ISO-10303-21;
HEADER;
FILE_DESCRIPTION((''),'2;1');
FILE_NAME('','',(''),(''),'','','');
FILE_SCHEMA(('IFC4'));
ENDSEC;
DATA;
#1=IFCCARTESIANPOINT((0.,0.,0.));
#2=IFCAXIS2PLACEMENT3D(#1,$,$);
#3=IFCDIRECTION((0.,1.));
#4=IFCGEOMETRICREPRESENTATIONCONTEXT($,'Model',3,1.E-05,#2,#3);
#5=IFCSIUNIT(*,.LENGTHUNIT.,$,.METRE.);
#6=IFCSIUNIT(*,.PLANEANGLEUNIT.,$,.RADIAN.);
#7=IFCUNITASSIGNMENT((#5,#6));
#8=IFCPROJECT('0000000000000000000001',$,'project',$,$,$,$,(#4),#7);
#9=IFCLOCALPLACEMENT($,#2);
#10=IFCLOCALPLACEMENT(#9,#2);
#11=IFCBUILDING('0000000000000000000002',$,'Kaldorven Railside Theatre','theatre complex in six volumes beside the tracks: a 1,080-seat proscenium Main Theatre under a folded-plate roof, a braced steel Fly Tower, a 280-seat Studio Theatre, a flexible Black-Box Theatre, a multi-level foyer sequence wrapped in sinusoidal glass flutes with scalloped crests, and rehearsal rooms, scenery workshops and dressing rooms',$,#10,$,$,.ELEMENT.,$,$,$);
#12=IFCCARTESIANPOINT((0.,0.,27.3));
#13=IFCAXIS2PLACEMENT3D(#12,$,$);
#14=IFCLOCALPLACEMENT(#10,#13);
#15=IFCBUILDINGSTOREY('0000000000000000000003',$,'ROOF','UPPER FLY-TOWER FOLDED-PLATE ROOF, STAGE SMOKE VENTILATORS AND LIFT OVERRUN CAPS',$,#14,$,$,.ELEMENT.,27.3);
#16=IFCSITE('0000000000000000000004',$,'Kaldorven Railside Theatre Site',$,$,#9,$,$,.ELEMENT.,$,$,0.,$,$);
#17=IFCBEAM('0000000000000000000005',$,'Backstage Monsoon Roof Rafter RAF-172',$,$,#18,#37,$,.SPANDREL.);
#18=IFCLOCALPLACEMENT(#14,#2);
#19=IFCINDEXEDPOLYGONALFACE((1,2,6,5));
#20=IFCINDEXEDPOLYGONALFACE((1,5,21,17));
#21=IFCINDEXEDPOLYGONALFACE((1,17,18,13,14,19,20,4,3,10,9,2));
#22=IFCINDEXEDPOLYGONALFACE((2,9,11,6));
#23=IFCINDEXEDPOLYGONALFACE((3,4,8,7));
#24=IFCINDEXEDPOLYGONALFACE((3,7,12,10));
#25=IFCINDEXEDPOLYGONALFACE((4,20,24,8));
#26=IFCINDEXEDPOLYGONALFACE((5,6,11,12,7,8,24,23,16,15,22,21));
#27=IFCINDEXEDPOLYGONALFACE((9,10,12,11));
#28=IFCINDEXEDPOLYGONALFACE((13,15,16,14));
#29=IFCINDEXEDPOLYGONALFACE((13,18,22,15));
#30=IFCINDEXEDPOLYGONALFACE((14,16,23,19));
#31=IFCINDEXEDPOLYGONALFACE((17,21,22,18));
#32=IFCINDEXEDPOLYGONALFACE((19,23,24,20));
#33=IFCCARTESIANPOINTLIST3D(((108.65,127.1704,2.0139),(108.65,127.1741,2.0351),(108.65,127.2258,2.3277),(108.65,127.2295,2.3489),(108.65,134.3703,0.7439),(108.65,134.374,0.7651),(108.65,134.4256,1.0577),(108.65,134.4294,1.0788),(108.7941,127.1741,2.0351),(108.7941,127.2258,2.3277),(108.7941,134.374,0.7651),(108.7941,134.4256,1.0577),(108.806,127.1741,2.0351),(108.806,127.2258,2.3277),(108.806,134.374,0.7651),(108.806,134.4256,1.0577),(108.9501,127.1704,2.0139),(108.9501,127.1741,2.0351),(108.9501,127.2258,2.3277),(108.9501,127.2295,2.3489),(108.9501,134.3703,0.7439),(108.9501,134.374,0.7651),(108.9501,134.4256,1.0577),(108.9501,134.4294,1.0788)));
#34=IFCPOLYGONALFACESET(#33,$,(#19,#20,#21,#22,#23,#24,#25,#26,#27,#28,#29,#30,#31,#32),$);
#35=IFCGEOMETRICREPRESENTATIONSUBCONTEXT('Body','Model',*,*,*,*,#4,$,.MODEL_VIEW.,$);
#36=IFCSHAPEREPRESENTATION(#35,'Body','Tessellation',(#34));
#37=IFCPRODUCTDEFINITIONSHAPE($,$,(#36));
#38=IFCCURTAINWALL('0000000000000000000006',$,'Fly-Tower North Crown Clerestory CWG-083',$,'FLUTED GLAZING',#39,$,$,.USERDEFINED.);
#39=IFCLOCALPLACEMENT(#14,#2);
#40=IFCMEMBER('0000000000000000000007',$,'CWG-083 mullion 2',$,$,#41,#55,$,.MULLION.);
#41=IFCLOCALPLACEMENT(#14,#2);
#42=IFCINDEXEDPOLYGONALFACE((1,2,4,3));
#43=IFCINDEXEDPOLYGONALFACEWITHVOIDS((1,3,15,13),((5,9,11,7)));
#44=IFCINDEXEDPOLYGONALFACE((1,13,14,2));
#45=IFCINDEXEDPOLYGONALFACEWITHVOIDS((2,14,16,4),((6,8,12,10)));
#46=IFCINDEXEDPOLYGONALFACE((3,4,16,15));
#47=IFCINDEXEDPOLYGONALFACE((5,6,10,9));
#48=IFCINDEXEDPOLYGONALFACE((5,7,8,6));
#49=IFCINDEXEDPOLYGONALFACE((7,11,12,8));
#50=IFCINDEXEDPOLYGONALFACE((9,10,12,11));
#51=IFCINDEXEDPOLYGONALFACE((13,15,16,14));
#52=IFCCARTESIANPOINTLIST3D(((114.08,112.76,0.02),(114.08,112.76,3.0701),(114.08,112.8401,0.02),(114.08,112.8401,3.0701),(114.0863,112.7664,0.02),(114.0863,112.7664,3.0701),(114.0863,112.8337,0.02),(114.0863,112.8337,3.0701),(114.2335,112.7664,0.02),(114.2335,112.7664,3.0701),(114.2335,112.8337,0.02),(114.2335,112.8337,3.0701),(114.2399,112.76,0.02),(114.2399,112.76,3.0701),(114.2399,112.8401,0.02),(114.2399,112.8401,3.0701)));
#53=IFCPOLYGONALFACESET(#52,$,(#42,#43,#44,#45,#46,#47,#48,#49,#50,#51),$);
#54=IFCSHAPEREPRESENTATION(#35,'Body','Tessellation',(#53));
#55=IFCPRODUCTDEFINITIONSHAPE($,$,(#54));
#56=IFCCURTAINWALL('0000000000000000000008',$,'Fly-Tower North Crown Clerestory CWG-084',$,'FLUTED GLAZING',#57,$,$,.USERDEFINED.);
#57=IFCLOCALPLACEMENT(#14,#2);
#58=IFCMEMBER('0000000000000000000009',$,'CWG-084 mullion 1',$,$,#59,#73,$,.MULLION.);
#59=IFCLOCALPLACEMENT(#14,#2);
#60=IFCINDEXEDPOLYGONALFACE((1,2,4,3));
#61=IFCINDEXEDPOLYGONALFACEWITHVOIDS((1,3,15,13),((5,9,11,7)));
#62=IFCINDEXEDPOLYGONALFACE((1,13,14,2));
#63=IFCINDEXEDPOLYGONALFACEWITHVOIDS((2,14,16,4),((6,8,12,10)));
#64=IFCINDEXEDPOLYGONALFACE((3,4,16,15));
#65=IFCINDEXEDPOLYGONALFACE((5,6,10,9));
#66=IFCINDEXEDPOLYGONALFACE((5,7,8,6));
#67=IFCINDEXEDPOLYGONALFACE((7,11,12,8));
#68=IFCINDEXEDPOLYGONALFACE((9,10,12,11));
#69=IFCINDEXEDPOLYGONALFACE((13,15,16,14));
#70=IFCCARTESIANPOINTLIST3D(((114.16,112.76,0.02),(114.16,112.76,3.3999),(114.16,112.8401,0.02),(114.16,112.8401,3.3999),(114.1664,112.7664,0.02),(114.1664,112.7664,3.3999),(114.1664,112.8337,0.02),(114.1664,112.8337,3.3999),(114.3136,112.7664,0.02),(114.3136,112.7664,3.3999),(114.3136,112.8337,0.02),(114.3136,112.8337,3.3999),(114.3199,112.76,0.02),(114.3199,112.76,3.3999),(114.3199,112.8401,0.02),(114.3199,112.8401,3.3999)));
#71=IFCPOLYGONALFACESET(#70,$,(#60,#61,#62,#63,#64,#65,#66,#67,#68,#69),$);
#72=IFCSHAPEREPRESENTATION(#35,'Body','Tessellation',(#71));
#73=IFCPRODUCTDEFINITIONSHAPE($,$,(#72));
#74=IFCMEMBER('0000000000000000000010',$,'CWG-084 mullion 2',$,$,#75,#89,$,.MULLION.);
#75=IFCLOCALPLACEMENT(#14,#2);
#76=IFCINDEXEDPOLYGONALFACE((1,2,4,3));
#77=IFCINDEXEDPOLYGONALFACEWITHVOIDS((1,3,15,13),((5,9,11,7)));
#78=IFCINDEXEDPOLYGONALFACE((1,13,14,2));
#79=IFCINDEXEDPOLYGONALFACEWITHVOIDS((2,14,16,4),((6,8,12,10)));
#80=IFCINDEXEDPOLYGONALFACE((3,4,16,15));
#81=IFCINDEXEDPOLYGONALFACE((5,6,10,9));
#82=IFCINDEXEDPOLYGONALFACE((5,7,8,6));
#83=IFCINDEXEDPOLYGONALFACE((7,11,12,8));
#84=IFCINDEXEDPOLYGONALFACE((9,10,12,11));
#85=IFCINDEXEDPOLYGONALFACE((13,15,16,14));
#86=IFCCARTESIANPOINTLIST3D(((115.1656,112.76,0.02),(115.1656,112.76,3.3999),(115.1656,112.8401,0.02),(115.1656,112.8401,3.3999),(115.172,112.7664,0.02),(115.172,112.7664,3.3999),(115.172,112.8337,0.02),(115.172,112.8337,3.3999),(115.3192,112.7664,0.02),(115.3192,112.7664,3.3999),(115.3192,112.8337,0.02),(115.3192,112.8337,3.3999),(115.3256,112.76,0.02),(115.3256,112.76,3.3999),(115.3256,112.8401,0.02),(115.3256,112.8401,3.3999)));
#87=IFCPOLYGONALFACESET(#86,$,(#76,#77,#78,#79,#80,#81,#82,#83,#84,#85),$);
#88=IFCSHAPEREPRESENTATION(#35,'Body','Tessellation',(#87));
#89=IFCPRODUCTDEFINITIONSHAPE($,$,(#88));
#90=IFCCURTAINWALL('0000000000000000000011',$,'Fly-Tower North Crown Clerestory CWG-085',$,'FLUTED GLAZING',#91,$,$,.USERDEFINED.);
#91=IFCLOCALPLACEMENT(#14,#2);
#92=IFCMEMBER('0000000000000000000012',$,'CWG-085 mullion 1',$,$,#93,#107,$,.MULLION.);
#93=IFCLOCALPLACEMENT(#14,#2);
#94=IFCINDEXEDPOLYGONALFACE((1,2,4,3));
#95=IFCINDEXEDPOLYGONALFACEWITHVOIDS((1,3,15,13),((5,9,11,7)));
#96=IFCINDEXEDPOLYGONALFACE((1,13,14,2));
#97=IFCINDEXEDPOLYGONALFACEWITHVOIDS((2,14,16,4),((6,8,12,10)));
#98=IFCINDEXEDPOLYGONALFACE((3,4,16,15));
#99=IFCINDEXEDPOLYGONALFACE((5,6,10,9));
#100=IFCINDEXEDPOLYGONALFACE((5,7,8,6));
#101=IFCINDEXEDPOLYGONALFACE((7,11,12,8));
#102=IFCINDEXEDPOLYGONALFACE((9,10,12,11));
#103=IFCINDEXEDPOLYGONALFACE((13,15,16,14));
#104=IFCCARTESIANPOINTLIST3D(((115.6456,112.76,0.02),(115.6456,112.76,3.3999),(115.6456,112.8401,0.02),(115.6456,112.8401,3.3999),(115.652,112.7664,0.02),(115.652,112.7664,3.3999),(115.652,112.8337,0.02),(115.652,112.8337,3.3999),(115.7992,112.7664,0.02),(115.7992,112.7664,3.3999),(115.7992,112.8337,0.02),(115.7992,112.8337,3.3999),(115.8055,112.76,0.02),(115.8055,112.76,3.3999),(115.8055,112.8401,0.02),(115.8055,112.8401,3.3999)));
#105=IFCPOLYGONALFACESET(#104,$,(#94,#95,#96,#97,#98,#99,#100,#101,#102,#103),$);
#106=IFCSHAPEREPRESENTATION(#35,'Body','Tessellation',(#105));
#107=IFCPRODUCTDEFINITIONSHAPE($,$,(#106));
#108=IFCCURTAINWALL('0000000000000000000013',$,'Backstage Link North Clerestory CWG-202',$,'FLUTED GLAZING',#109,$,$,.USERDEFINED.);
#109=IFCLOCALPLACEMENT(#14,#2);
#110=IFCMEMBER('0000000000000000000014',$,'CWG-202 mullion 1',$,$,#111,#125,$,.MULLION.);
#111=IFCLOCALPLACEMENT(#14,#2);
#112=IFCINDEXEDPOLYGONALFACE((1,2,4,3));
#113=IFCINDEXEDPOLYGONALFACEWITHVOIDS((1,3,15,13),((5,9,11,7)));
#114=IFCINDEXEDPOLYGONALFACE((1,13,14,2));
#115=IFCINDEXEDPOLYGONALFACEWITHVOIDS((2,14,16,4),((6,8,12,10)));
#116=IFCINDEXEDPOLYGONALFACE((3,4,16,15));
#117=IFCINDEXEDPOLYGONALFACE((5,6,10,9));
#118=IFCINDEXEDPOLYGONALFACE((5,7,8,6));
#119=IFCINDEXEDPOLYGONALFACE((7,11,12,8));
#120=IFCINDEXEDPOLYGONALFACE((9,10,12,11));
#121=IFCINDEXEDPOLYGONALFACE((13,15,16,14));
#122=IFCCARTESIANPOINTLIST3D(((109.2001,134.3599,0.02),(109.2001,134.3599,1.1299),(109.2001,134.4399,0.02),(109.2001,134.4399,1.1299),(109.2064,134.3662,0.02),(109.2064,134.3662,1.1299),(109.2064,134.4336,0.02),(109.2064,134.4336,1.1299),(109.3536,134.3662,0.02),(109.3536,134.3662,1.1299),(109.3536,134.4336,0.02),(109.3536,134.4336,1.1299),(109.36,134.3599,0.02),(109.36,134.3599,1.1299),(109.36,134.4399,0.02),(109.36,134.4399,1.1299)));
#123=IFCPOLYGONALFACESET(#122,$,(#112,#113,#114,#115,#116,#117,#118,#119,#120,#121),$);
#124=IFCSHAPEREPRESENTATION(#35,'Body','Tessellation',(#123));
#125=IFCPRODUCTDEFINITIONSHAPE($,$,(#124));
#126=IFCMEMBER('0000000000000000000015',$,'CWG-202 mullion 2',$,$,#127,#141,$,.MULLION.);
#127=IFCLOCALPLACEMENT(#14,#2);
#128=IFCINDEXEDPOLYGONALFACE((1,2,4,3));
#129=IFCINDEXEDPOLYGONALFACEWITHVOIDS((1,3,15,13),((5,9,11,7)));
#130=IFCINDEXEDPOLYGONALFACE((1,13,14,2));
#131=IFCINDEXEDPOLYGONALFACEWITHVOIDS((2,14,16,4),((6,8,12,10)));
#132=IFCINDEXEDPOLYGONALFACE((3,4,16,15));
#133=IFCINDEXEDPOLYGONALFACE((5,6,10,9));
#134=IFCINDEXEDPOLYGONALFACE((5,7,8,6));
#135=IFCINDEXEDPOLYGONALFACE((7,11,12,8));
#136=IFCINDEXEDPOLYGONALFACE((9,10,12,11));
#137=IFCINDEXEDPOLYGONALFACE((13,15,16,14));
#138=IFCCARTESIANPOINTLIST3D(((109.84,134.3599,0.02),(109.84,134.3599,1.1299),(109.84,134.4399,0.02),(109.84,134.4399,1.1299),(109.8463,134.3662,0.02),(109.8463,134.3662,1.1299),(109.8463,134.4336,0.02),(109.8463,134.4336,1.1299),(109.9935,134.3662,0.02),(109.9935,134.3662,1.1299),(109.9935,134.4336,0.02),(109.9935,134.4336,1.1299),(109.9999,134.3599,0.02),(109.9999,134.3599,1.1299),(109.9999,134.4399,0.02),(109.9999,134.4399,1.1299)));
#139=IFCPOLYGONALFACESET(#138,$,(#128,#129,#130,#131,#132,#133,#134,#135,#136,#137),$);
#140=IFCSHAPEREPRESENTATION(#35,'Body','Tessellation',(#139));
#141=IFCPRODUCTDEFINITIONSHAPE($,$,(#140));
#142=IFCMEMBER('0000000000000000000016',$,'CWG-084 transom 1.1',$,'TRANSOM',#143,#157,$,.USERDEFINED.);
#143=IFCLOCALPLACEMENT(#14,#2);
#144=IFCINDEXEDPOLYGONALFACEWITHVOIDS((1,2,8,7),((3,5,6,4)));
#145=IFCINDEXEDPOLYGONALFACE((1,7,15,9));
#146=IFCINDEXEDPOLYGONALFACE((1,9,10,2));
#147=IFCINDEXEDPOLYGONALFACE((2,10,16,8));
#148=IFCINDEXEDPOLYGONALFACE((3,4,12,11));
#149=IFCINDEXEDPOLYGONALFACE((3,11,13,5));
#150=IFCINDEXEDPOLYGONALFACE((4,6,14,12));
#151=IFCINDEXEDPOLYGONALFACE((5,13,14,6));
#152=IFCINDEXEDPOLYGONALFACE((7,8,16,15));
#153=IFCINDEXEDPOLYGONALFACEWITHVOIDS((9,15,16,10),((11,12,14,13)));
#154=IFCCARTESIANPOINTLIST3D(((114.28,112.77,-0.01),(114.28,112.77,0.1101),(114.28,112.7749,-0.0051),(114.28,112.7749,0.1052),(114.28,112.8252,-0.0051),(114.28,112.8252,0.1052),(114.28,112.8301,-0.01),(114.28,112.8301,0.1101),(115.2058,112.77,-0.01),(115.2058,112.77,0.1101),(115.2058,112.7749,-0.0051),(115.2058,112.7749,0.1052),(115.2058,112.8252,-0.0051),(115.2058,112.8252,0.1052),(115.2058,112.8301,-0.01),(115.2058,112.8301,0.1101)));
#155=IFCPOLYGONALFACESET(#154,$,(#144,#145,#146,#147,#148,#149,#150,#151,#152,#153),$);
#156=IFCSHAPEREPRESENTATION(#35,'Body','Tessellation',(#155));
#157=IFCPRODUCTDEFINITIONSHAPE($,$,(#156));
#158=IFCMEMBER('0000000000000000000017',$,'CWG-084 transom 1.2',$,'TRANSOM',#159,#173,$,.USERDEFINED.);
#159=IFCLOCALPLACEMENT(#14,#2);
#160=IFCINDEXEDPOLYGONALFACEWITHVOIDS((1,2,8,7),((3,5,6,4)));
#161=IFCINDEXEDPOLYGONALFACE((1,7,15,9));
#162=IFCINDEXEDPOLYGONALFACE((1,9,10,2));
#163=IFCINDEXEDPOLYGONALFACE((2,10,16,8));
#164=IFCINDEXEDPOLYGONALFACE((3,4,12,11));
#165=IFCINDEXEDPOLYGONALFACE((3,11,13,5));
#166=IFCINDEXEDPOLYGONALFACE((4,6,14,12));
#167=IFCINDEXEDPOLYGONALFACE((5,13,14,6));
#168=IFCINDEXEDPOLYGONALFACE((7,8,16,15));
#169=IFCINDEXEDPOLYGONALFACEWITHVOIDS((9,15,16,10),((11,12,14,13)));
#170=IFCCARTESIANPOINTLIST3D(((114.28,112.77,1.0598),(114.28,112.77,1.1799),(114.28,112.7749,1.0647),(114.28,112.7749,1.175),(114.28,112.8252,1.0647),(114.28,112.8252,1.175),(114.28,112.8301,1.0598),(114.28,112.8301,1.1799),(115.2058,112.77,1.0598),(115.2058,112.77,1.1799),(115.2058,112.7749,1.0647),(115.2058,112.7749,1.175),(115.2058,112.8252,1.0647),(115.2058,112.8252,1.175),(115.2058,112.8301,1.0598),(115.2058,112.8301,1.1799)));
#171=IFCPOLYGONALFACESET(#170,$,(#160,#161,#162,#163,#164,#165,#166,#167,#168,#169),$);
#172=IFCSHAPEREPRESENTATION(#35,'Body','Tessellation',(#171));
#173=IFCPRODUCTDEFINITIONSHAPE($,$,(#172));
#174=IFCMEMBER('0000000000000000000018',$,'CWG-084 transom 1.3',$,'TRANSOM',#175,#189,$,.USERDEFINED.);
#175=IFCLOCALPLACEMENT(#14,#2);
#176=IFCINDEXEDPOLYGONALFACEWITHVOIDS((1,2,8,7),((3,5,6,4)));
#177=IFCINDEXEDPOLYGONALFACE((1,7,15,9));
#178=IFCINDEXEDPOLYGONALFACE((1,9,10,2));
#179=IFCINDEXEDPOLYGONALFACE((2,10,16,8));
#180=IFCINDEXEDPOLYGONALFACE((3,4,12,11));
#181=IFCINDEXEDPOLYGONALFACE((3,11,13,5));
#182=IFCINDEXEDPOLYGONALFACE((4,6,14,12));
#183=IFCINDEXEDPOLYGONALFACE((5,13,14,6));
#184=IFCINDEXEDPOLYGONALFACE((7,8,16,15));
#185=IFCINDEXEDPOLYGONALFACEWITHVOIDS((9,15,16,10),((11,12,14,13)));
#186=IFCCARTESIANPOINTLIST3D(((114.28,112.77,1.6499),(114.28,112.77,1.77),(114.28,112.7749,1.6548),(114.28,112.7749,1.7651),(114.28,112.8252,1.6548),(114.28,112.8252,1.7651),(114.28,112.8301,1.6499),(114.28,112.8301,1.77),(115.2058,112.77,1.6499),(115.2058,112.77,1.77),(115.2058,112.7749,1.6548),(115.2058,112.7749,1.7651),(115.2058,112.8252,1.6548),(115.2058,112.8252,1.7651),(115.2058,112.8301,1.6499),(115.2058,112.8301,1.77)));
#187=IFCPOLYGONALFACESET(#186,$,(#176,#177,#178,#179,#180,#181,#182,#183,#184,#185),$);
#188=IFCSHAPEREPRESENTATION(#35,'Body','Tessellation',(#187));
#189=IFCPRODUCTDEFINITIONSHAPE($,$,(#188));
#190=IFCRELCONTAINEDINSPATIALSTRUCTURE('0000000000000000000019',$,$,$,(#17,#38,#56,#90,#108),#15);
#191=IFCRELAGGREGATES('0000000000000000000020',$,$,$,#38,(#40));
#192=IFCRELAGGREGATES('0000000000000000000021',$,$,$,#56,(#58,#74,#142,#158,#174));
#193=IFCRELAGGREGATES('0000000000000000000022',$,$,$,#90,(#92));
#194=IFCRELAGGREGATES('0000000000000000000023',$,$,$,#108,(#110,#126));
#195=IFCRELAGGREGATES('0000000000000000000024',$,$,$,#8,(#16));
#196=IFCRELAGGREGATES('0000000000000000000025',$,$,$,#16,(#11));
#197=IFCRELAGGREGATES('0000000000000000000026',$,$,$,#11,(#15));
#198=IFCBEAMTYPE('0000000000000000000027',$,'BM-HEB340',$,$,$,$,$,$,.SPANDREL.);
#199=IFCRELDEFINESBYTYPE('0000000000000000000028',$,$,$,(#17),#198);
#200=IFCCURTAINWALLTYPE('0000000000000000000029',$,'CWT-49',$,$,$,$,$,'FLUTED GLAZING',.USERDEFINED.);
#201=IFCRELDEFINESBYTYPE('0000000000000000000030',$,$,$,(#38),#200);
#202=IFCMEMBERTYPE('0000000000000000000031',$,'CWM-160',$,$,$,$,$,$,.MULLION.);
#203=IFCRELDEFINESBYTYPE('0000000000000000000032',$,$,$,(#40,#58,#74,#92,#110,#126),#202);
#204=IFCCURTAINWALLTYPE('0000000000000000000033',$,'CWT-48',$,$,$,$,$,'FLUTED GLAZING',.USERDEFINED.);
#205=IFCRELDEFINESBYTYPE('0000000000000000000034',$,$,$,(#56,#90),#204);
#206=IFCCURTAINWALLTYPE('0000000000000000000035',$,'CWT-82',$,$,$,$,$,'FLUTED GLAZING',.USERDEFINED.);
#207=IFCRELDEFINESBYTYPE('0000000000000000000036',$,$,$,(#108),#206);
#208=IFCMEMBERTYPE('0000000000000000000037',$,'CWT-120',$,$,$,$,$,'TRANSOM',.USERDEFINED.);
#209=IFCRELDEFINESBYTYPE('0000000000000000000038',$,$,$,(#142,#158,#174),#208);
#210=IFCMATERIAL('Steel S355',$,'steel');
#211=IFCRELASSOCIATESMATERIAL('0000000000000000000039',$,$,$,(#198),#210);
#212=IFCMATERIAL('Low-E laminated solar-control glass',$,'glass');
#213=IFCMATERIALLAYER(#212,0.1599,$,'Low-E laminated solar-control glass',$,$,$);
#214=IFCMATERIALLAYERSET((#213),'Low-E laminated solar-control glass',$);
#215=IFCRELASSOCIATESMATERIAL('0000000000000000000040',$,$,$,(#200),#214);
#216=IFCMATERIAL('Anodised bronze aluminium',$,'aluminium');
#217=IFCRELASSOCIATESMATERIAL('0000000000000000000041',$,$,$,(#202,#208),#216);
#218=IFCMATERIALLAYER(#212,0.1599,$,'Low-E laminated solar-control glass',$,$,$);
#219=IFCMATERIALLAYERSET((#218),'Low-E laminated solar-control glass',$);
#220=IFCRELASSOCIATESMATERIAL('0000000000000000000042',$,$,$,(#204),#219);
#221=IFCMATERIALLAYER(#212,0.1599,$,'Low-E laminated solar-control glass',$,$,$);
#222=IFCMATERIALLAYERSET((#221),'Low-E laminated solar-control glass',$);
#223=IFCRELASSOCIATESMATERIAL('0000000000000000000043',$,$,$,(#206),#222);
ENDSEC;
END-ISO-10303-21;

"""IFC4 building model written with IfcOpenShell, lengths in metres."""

from ifc_helpers import new_model, si_unit, direction, frame, origin, origin_2d, place, context, subcontext, project, spatial, hollow_rectangle, i_section, extrude, material, layer, layer_set, material_profile, profile_set, type_object, element, aggregate, save


model = new_model("IFC4")

# Units and contexts
model_context = context("Model", 3, precision=1e-05, world=origin(), true_north=direction((0.0, 1.0)))
body_context = subcontext(model_context, "Body", "Model", "MODEL_VIEW")
ifc_project = project(units=[si_unit("LENGTHUNIT", "METRE"), si_unit("PLANEANGLEUNIT", "RADIAN")], contexts=[model_context])

# Site, building, storey
site_placement = place(None, origin())
site = spatial("IfcSite", under=ifc_project, at=site_placement, Name="Kaldorven Railside Theatre Site", CompositionType="ELEMENT", RefElevation=0.0)
building_placement = place(site_placement, origin())
building = spatial("IfcBuilding", under=site, at=building_placement, Name="Kaldorven Railside Theatre", Description="theatre complex in six volumes beside the tracks: a 1,080-seat proscenium Main Theatre under a folded-plate roof, a braced steel Fly Tower, a 280-seat Studio Theatre, a flexible Black-Box Theatre, a multi-level foyer sequence wrapped in sinusoidal glass flutes with scalloped crests, and rehearsal rooms, scenery workshops and dressing rooms", CompositionType="ELEMENT")
storey_placement = place(building_placement, frame((0.0, 0.0, 27.3)))
storey = spatial("IfcBuildingStorey", under=building, at=storey_placement, Name="ROOF", Description="UPPER FLY-TOWER FOLDED-PLATE ROOF, STAGE SMOKE VENTILATORS AND LIFT OVERRUN CAPS", CompositionType="ELEMENT", Elevation=27.3)

# Beam
ifc_material_1 = material(Name="Steel S355", Category="steel")
ifc_material_profile_1 = material_profile(ifc_material_1, i_section(OverallWidth=0.3, OverallDepth=0.3401, WebThickness=0.012, FlangeThickness=0.0215, at=origin_2d()), Name="HEB 340")
ifc_profile_set_1 = profile_set([ifc_material_profile_1], Name="Steel S355")
beam_type = type_object("IfcBeamType", Name="BM-HEB340", PredefinedType="SPANDREL", material=ifc_profile_set_1)
beam_placement = place(storey_placement, frame((108.8, 127.2, 2.1814), z_axis=(0.0, 0.984797, -0.173711), x_axis=(-1.0, 0.0, 0.0)))
element("IfcBeam", 1, at=beam_placement, inside=storey, type_object=beam_type, Name="Backstage Monsoon Roof Rafter RAF-172", PredefinedType="SPANDREL", context=body_context, shape_type="SweptSolid", body=[
    extrude(i_section(OverallWidth=0.3, OverallDepth=0.3401, WebThickness=0.012, FlangeThickness=0.0215, at=origin_2d()), origin(), (0.0, 0.0, 1.0), 7.311),
])

# Curtain wall, member
ifc_material_2 = material(Name="Low-E laminated solar-control glass", Category="glass")
ifc_layer_1 = layer(ifc_material_2, 0.1599, Name="Low-E laminated solar-control glass")
ifc_layer_set_1 = layer_set([ifc_layer_1], Name="Low-E laminated solar-control glass")
curtain_wall_type_1 = type_object("IfcCurtainWallType", Name="CWT-49", ElementType="FLUTED GLAZING", PredefinedType="USERDEFINED", material=ifc_layer_set_1)
curtain_wall_1_placement = place(storey_placement, origin())
curtain_wall_1 = element("IfcCurtainWall", 2, at=curtain_wall_1_placement, inside=storey, type_object=curtain_wall_type_1, Name="Fly-Tower North Crown Clerestory CWG-083", ObjectType="FLUTED GLAZING", PredefinedType="USERDEFINED")
ifc_material_3 = material(Name="Anodised bronze aluminium", Category="aluminium")
ifc_material_profile_2 = material_profile(ifc_material_3, hollow_rectangle(XDim=0.0801, YDim=0.1599, WallThickness=0.0063, at=origin_2d()), Name="RHS 160x80x6.3")
ifc_profile_set_2 = profile_set([ifc_material_profile_2], Name="Anodised bronze aluminium")
member_type_1 = type_object("IfcMemberType", Name="CWM-160", PredefinedType="MULLION", material=ifc_profile_set_2)
member_1_placement = place(storey_placement, frame((114.1599, 112.8, 0.02), z_axis=(0.0, 0.0, 1.0), x_axis=(0.0, 1.0, 0.0)))
member_1 = element("IfcMember", 3, at=member_1_placement, type_object=member_type_1, Name="CWG-083 mullion 2", PredefinedType="MULLION", context=body_context, shape_type="SweptSolid", body=[
    extrude(hollow_rectangle(XDim=0.0801, YDim=0.1599, WallThickness=0.0063, at=origin_2d()), origin(), (0.0, 0.0, 1.0), 3.05),
])
aggregate(curtain_wall_1, [member_1])

# Curtain wall, members
ifc_layer_2 = layer(ifc_material_2, 0.1599, Name="Low-E laminated solar-control glass")
ifc_layer_set_2 = layer_set([ifc_layer_2], Name="Low-E laminated solar-control glass")
curtain_wall_type_2 = type_object("IfcCurtainWallType", Name="CWT-48", ElementType="FLUTED GLAZING", PredefinedType="USERDEFINED", material=ifc_layer_set_2)
curtain_wall_2_placement = place(storey_placement, origin())
curtain_wall_2 = element("IfcCurtainWall", 4, at=curtain_wall_2_placement, inside=storey, type_object=curtain_wall_type_2, Name="Fly-Tower North Crown Clerestory CWG-084", ObjectType="FLUTED GLAZING", PredefinedType="USERDEFINED")
member_2_placement = place(storey_placement, frame((114.24, 112.8, 0.02), z_axis=(0.0, 0.0, 1.0), x_axis=(0.0, 1.0, 0.0)))
member_2 = element("IfcMember", 5, at=member_2_placement, type_object=member_type_1, Name="CWG-084 mullion 1", PredefinedType="MULLION", context=body_context, shape_type="SweptSolid", body=[
    extrude(hollow_rectangle(XDim=0.0801, YDim=0.1599, WallThickness=0.0063, at=origin_2d()), origin(), (0.0, 0.0, 1.0), 3.3799),
])
member_3_placement = place(storey_placement, frame((115.2456, 112.8, 0.02), z_axis=(0.0, 0.0, 1.0), x_axis=(0.0, 1.0, 0.0)))
member_3 = element("IfcMember", 6, at=member_3_placement, type_object=member_type_1, Name="CWG-084 mullion 2", PredefinedType="MULLION", context=body_context, shape_type="SweptSolid", body=[
    extrude(hollow_rectangle(XDim=0.0801, YDim=0.1599, WallThickness=0.0063, at=origin_2d()), origin(), (0.0, 0.0, 1.0), 3.3799),
])

# Curtain wall, member
curtain_wall_3_placement = place(storey_placement, origin())
curtain_wall_3 = element("IfcCurtainWall", 7, at=curtain_wall_3_placement, inside=storey, type_object=curtain_wall_type_2, Name="Fly-Tower North Crown Clerestory CWG-085", ObjectType="FLUTED GLAZING", PredefinedType="USERDEFINED")
member_4_placement = place(storey_placement, frame((115.7256, 112.8, 0.02), z_axis=(0.0, 0.0, 1.0), x_axis=(0.0, 1.0, 0.0)))
member_4 = element("IfcMember", 8, at=member_4_placement, type_object=member_type_1, Name="CWG-085 mullion 1", PredefinedType="MULLION", context=body_context, shape_type="SweptSolid", body=[
    extrude(hollow_rectangle(XDim=0.0801, YDim=0.1599, WallThickness=0.0063, at=origin_2d()), origin(), (0.0, 0.0, 1.0), 3.3799),
])

# Curtain wall, members
ifc_layer_3 = layer(ifc_material_2, 0.1599, Name="Low-E laminated solar-control glass")
ifc_layer_set_3 = layer_set([ifc_layer_3], Name="Low-E laminated solar-control glass")
curtain_wall_type_3 = type_object("IfcCurtainWallType", Name="CWT-82", ElementType="FLUTED GLAZING", PredefinedType="USERDEFINED", material=ifc_layer_set_3)
curtain_wall_4_placement = place(storey_placement, origin())
curtain_wall_4 = element("IfcCurtainWall", 9, at=curtain_wall_4_placement, inside=storey, type_object=curtain_wall_type_3, Name="Backstage Link North Clerestory CWG-202", ObjectType="FLUTED GLAZING", PredefinedType="USERDEFINED")
member_5_placement = place(storey_placement, frame((109.28, 134.3999, 0.02), z_axis=(0.0, 0.0, 1.0), x_axis=(0.0, 1.0, 0.0)))
member_5 = element("IfcMember", 10, at=member_5_placement, type_object=member_type_1, Name="CWG-202 mullion 1", PredefinedType="MULLION", context=body_context, shape_type="SweptSolid", body=[
    extrude(hollow_rectangle(XDim=0.0801, YDim=0.1599, WallThickness=0.0063, at=origin_2d()), origin(), (0.0, 0.0, 1.0), 1.1099),
])
member_6_placement = place(storey_placement, frame((109.9199, 134.3999, 0.02), z_axis=(0.0, 0.0, 1.0), x_axis=(0.0, 1.0, 0.0)))
member_6 = element("IfcMember", 11, at=member_6_placement, type_object=member_type_1, Name="CWG-202 mullion 2", PredefinedType="MULLION", context=body_context, shape_type="SweptSolid", body=[
    extrude(hollow_rectangle(XDim=0.0801, YDim=0.1599, WallThickness=0.0063, at=origin_2d()), origin(), (0.0, 0.0, 1.0), 1.1099),
])

# Members
ifc_material_profile_3 = material_profile(ifc_material_3, hollow_rectangle(XDim=0.0601, YDim=0.1201, WallThickness=0.0049, at=origin_2d()), Name="RHS 120x60x5")
ifc_profile_set_3 = profile_set([ifc_material_profile_3], Name="Anodised bronze aluminium")
member_type_2 = type_object("IfcMemberType", Name="CWT-120", ElementType="TRANSOM", PredefinedType="USERDEFINED", material=ifc_profile_set_3)
member_7_placement = place(storey_placement, frame((114.28, 112.8, 0.05), z_axis=(1.0, 0.0, 0.0), x_axis=(0.0, 1.0, 0.0)))
member_7 = element("IfcMember", 12, at=member_7_placement, type_object=member_type_2, Name="CWG-084 transom 1.1", ObjectType="TRANSOM", PredefinedType="USERDEFINED", context=body_context, shape_type="SweptSolid", body=[
    extrude(hollow_rectangle(XDim=0.0601, YDim=0.1201, WallThickness=0.0049, at=origin_2d()), origin(), (0.0, 0.0, 1.0), 0.9258),
])
member_8_placement = place(storey_placement, frame((114.28, 112.8, 1.1199), z_axis=(1.0, 0.0, 0.0), x_axis=(0.0, 1.0, 0.0)))
member_8 = element("IfcMember", 13, at=member_8_placement, type_object=member_type_2, Name="CWG-084 transom 1.2", ObjectType="TRANSOM", PredefinedType="USERDEFINED", context=body_context, shape_type="SweptSolid", body=[
    extrude(hollow_rectangle(XDim=0.0601, YDim=0.1201, WallThickness=0.0049, at=origin_2d()), origin(), (0.0, 0.0, 1.0), 0.9258),
])
member_9_placement = place(storey_placement, frame((114.28, 112.8, 1.71), z_axis=(1.0, 0.0, 0.0), x_axis=(0.0, 1.0, 0.0)))
member_9 = element("IfcMember", 14, at=member_9_placement, type_object=member_type_2, Name="CWG-084 transom 1.3", ObjectType="TRANSOM", PredefinedType="USERDEFINED", context=body_context, shape_type="SweptSolid", body=[
    extrude(hollow_rectangle(XDim=0.0601, YDim=0.1201, WallThickness=0.0049, at=origin_2d()), origin(), (0.0, 0.0, 1.0), 0.9258),
])

aggregate(curtain_wall_2, [member_2, member_3, member_7, member_8, member_9])
aggregate(curtain_wall_3, [member_4])
aggregate(curtain_wall_4, [member_5, member_6])

save(model, "model.ifc")
